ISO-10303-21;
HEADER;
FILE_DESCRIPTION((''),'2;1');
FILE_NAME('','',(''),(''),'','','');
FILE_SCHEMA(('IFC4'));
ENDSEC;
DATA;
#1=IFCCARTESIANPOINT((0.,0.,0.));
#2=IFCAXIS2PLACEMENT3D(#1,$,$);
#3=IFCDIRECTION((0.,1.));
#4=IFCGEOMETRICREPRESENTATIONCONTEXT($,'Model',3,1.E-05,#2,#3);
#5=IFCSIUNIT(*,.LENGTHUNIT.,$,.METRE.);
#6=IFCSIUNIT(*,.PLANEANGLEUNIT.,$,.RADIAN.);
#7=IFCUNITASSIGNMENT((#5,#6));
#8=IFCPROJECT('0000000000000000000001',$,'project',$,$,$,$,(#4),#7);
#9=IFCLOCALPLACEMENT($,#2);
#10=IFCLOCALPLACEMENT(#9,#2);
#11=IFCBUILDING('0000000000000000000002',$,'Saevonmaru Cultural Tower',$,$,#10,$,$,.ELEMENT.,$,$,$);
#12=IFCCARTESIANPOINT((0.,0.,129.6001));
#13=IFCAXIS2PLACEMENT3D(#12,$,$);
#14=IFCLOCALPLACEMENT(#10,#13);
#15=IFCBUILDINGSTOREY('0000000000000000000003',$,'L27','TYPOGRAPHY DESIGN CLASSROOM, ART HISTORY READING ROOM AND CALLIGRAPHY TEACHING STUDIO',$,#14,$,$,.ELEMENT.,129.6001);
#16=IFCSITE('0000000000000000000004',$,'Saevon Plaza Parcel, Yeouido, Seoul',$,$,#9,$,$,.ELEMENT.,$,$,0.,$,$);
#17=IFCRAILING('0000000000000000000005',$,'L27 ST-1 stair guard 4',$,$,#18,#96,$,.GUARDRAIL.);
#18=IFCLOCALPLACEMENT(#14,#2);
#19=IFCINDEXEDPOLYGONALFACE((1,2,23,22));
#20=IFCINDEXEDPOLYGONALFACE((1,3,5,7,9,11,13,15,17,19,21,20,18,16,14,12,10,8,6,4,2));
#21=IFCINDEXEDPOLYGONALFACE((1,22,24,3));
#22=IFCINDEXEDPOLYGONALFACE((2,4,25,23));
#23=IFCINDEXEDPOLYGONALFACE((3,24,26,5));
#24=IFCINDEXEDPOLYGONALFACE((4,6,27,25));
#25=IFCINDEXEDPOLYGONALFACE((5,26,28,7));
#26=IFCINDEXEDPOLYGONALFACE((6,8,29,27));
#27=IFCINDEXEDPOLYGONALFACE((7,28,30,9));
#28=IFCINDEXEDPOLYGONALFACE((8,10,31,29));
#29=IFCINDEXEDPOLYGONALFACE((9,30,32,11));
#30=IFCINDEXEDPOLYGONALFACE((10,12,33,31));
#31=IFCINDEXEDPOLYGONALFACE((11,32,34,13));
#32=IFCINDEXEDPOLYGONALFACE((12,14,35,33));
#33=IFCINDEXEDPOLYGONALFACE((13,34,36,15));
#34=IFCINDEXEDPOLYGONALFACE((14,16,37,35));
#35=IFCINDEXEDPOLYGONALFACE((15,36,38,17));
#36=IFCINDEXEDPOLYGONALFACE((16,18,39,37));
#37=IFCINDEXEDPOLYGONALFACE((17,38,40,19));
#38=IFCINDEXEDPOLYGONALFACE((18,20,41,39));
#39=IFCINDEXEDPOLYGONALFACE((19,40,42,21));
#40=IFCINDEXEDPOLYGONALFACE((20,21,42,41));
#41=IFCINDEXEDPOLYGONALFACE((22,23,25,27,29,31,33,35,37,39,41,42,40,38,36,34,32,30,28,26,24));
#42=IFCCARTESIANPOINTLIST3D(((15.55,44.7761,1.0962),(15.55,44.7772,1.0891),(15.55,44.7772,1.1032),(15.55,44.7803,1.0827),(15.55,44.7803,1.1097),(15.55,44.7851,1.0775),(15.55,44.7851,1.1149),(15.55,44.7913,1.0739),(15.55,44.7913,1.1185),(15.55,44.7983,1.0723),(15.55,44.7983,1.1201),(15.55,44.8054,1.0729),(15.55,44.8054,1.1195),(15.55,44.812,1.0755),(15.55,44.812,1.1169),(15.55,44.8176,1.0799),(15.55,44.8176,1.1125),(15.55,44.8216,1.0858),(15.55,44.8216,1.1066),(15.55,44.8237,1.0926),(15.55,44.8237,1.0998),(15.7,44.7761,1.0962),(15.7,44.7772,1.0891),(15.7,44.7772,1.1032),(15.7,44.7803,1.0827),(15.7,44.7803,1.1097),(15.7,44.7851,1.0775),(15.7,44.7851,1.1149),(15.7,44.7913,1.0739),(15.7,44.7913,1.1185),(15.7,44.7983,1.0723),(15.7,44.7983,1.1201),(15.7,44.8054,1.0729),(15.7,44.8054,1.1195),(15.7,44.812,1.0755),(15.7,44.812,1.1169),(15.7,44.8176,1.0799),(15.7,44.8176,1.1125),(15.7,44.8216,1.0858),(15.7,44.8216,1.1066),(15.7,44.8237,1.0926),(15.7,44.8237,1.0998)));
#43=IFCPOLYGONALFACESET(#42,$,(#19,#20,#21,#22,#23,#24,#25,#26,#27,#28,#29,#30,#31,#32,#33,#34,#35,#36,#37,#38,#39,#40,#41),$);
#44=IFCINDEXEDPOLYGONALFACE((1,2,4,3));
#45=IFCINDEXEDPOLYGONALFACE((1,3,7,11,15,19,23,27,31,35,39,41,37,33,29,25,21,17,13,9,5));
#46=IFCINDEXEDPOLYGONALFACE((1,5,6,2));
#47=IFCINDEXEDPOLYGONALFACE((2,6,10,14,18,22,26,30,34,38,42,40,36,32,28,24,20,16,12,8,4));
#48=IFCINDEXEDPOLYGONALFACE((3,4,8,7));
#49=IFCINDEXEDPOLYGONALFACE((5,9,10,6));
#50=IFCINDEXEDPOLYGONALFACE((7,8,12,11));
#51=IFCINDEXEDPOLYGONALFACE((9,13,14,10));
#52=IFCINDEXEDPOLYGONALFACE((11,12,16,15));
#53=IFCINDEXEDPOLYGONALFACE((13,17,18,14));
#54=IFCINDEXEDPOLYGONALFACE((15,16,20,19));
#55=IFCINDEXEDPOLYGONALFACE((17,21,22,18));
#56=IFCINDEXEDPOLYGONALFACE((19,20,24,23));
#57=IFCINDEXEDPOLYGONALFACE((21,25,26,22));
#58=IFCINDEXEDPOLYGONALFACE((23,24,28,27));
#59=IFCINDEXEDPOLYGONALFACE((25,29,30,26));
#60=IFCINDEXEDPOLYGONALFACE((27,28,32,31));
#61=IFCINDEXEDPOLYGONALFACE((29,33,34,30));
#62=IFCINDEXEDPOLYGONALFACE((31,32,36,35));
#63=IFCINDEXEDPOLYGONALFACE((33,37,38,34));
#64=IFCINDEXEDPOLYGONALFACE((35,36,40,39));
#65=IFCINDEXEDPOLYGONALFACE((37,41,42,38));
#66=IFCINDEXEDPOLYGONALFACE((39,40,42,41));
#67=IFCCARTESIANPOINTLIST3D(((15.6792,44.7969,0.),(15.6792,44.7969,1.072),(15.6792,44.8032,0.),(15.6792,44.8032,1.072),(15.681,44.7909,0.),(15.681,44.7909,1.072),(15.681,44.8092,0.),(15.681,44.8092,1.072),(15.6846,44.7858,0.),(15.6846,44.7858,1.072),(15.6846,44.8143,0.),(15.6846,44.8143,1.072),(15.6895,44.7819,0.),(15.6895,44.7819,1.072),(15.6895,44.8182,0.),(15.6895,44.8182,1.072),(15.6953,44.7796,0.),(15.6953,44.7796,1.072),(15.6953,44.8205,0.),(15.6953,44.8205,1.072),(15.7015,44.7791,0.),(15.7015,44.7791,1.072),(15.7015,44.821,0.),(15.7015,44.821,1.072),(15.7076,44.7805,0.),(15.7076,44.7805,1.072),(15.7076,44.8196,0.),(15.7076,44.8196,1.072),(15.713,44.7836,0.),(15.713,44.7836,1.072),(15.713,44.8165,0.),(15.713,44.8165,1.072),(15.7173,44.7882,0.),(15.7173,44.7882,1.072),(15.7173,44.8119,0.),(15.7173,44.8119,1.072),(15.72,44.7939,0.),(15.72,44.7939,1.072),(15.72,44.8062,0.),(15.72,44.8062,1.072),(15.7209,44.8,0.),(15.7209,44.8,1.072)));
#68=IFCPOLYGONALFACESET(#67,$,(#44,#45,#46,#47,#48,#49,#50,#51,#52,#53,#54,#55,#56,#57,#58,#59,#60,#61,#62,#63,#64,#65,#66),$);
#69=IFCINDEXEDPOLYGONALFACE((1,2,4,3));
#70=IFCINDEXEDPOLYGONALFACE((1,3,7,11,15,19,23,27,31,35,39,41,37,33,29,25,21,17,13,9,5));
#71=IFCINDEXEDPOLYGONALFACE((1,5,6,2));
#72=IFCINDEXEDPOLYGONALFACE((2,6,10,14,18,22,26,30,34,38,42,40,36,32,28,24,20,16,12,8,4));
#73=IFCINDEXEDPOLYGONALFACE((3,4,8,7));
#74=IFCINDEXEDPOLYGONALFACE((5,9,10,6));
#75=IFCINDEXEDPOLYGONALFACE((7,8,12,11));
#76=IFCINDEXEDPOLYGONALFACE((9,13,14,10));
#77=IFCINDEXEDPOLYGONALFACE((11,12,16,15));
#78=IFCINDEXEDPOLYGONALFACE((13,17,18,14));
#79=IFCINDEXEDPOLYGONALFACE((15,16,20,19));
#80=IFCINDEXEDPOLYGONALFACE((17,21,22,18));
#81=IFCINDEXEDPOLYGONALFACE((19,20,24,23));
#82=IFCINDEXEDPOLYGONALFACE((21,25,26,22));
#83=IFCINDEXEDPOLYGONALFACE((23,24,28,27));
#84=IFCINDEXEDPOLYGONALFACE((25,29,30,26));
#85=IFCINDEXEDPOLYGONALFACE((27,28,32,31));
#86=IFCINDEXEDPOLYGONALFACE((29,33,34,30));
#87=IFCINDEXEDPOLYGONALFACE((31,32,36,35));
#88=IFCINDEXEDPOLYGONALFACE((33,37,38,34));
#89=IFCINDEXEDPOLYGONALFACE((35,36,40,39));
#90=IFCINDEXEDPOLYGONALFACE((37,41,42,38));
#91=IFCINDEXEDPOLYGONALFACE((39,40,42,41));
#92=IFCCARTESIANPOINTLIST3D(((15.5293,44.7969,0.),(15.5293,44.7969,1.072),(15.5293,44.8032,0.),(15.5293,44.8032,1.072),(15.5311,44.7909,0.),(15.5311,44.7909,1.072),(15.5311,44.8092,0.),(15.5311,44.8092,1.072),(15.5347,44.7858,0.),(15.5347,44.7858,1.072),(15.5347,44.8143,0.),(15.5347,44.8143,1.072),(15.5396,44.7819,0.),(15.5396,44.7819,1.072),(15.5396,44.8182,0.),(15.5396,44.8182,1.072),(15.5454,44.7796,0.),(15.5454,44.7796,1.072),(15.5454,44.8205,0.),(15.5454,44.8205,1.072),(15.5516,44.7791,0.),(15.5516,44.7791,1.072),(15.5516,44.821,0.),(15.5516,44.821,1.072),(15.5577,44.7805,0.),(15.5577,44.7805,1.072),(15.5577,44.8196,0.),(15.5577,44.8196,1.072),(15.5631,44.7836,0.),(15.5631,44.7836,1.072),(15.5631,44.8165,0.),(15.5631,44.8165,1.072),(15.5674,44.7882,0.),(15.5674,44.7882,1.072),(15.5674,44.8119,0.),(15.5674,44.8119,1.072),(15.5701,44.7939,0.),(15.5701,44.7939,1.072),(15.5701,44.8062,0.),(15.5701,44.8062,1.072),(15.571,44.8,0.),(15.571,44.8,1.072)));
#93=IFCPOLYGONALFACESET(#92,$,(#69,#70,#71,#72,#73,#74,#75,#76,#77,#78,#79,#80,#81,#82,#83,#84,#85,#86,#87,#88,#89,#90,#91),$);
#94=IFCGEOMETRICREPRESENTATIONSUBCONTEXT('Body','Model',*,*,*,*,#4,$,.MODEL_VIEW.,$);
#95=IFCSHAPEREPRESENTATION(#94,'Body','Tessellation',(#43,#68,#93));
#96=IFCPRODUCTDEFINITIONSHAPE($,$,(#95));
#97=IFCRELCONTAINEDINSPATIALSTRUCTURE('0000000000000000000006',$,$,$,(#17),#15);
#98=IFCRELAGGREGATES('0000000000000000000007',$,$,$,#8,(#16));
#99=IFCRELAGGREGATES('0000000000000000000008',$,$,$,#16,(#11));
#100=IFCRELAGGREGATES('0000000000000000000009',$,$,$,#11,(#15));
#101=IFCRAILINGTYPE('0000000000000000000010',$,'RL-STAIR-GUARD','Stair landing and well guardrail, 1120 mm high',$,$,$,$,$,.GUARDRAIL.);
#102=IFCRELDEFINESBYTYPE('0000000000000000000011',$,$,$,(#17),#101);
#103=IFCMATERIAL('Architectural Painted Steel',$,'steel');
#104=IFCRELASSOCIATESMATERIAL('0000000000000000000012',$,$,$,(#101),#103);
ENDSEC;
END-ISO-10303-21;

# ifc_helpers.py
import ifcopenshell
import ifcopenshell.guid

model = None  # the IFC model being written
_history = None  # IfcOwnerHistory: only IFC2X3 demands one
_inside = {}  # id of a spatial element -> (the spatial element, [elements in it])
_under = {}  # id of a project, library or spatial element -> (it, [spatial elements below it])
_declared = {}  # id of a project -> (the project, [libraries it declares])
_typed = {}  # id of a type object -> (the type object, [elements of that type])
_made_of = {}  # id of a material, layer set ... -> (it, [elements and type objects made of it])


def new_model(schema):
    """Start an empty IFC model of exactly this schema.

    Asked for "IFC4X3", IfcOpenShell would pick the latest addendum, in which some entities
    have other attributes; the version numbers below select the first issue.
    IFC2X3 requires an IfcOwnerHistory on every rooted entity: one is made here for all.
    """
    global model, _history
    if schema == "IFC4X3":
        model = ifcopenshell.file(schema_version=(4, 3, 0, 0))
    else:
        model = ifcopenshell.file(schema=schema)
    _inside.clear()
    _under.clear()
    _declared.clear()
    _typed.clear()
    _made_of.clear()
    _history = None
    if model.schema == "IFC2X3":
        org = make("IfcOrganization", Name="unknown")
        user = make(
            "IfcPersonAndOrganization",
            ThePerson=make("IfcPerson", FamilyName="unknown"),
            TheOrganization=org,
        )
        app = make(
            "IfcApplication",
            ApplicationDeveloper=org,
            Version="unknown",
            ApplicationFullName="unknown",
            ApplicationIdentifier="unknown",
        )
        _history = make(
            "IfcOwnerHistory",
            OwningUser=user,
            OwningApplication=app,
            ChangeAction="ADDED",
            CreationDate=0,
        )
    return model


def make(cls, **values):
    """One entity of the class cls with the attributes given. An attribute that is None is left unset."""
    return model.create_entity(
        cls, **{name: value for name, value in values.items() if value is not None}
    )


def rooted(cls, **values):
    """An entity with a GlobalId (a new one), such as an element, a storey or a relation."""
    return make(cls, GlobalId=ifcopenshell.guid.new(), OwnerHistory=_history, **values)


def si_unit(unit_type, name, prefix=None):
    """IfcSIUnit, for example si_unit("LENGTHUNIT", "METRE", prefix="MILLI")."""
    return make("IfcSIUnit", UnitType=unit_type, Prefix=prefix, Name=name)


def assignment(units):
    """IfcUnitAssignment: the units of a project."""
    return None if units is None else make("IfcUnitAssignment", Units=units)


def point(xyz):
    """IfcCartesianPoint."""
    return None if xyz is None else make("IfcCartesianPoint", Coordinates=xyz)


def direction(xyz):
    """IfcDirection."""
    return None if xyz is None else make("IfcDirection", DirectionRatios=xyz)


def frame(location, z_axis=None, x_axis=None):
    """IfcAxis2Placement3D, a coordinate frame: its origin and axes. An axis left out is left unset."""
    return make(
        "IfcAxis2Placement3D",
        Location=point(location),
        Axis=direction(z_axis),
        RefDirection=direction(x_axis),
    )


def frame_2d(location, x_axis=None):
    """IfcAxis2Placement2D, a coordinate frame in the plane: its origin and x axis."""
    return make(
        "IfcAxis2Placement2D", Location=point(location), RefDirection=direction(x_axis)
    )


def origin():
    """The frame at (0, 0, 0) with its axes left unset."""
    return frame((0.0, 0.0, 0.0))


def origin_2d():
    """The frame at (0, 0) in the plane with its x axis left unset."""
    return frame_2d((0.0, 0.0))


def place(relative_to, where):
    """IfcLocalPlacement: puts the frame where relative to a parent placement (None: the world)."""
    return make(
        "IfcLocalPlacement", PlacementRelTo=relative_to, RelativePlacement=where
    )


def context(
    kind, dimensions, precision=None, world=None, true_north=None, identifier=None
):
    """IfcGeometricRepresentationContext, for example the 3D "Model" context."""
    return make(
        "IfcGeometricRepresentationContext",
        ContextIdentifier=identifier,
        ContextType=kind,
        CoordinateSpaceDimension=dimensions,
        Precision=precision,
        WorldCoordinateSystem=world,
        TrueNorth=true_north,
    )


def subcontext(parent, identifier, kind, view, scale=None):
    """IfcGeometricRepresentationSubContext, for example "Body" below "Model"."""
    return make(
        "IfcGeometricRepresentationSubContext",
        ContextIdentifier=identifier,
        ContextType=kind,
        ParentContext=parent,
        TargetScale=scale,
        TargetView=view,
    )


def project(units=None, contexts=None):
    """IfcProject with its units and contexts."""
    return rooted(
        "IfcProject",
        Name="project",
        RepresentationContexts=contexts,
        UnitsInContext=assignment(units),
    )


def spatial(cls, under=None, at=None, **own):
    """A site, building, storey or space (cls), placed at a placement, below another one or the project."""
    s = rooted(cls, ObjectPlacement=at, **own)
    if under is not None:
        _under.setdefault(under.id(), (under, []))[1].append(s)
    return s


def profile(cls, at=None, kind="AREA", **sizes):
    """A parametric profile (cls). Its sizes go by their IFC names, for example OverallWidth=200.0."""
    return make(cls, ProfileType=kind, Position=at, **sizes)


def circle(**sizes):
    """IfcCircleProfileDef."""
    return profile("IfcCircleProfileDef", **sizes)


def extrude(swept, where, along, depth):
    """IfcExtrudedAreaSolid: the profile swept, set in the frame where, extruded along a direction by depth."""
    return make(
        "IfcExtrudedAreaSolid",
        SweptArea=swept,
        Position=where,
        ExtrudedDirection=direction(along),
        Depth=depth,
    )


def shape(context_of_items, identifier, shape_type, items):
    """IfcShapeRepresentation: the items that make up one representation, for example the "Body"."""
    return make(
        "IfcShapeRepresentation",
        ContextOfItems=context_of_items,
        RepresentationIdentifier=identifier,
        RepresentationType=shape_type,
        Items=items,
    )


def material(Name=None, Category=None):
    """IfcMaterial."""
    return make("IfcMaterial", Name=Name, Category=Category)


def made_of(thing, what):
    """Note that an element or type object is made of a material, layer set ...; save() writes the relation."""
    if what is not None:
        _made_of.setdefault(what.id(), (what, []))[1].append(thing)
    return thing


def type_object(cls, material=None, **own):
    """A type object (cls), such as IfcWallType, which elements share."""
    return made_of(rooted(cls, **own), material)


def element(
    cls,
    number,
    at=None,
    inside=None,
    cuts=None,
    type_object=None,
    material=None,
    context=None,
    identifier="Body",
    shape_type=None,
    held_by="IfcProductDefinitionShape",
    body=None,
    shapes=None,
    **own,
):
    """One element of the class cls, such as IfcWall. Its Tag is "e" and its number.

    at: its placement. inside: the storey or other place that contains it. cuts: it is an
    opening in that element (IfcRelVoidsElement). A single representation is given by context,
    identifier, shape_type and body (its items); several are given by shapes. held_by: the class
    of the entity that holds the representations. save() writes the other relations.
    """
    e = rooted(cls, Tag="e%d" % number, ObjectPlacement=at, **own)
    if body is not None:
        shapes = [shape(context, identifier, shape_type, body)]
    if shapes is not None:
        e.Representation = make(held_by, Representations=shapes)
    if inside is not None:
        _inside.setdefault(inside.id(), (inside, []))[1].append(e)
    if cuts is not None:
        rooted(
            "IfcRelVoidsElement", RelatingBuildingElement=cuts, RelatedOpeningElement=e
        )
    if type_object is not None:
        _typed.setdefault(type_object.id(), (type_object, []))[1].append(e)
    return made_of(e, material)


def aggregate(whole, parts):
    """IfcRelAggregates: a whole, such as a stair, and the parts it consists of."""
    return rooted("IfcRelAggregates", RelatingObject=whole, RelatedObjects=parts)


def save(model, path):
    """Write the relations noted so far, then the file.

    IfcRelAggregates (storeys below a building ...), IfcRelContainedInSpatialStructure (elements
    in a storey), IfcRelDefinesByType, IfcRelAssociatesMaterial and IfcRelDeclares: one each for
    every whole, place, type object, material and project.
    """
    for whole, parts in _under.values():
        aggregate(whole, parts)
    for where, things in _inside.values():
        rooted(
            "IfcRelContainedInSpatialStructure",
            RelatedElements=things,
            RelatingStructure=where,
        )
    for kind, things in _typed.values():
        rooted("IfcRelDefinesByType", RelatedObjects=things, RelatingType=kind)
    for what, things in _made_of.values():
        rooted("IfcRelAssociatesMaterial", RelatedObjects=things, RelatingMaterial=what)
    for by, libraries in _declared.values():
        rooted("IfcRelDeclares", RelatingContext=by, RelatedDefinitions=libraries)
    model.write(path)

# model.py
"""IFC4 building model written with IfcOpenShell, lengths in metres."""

from ifc_helpers import new_model, si_unit, direction, frame, origin, origin_2d, place, context, subcontext, project, spatial, circle, extrude, material, type_object, element, save


model = new_model("IFC4")

# Units and contexts
model_context = context("Model", 3, precision=1e-05, world=origin(), true_north=direction((0.0, 1.0)))
body_context = subcontext(model_context, "Body", "Model", "MODEL_VIEW")
ifc_project = project(units=[si_unit("LENGTHUNIT", "METRE"), si_unit("PLANEANGLEUNIT", "RADIAN")], contexts=[model_context])

# Site, building, storey
site_placement = place(None, origin())
site = spatial("IfcSite", under=ifc_project, at=site_placement, Name="Saevon Plaza Parcel, Yeouido, Seoul", CompositionType="ELEMENT", RefElevation=0.0)
building_placement = place(site_placement, origin())
building = spatial("IfcBuilding", under=site, at=building_placement, Name="Saevonmaru Cultural Tower", CompositionType="ELEMENT")
storey_placement = place(building_placement, frame((0.0, 0.0, 129.6001)))
storey = spatial("IfcBuildingStorey", under=building, at=storey_placement, Name="L27", Description="TYPOGRAPHY DESIGN CLASSROOM, ART HISTORY READING ROOM AND CALLIGRAPHY TEACHING STUDIO", CompositionType="ELEMENT", Elevation=129.6001)

# Railing
ifc_material_1 = material(Name="Architectural Painted Steel", Category="steel")
railing_type_1 = type_object("IfcRailingType", Name="RL-STAIR-GUARD", Description="Stair landing and well guardrail, 1120 mm high", PredefinedType="GUARDRAIL", material=ifc_material_1)
railing_1_placement = place(storey_placement, frame((15.7, 44.8, 0.0)))
element("IfcRailing", 1, at=railing_1_placement, inside=storey, type_object=railing_type_1, Name="L27 ST-1 stair guard 4", PredefinedType="GUARDRAIL", context=body_context, shape_type="SweptSolid", body=[
    extrude(circle(Radius=0.0239, at=origin_2d()), frame((0.0, 0.0, 1.0962), z_axis=(-1.0, 0.0, 0.0), x_axis=(0.0, -1.0, 0.0)), (0.0, 0.0, 1.0), 0.1499),
    extrude(circle(Radius=0.021, at=origin_2d()), origin(), (0.0, 0.0, 1.0), 1.072),
    extrude(circle(Radius=0.021, at=origin_2d()), frame((-0.1499, 0.0, 0.0)), (0.0, 0.0, 1.0), 1.072),
])

save(model, "model.ifc")
